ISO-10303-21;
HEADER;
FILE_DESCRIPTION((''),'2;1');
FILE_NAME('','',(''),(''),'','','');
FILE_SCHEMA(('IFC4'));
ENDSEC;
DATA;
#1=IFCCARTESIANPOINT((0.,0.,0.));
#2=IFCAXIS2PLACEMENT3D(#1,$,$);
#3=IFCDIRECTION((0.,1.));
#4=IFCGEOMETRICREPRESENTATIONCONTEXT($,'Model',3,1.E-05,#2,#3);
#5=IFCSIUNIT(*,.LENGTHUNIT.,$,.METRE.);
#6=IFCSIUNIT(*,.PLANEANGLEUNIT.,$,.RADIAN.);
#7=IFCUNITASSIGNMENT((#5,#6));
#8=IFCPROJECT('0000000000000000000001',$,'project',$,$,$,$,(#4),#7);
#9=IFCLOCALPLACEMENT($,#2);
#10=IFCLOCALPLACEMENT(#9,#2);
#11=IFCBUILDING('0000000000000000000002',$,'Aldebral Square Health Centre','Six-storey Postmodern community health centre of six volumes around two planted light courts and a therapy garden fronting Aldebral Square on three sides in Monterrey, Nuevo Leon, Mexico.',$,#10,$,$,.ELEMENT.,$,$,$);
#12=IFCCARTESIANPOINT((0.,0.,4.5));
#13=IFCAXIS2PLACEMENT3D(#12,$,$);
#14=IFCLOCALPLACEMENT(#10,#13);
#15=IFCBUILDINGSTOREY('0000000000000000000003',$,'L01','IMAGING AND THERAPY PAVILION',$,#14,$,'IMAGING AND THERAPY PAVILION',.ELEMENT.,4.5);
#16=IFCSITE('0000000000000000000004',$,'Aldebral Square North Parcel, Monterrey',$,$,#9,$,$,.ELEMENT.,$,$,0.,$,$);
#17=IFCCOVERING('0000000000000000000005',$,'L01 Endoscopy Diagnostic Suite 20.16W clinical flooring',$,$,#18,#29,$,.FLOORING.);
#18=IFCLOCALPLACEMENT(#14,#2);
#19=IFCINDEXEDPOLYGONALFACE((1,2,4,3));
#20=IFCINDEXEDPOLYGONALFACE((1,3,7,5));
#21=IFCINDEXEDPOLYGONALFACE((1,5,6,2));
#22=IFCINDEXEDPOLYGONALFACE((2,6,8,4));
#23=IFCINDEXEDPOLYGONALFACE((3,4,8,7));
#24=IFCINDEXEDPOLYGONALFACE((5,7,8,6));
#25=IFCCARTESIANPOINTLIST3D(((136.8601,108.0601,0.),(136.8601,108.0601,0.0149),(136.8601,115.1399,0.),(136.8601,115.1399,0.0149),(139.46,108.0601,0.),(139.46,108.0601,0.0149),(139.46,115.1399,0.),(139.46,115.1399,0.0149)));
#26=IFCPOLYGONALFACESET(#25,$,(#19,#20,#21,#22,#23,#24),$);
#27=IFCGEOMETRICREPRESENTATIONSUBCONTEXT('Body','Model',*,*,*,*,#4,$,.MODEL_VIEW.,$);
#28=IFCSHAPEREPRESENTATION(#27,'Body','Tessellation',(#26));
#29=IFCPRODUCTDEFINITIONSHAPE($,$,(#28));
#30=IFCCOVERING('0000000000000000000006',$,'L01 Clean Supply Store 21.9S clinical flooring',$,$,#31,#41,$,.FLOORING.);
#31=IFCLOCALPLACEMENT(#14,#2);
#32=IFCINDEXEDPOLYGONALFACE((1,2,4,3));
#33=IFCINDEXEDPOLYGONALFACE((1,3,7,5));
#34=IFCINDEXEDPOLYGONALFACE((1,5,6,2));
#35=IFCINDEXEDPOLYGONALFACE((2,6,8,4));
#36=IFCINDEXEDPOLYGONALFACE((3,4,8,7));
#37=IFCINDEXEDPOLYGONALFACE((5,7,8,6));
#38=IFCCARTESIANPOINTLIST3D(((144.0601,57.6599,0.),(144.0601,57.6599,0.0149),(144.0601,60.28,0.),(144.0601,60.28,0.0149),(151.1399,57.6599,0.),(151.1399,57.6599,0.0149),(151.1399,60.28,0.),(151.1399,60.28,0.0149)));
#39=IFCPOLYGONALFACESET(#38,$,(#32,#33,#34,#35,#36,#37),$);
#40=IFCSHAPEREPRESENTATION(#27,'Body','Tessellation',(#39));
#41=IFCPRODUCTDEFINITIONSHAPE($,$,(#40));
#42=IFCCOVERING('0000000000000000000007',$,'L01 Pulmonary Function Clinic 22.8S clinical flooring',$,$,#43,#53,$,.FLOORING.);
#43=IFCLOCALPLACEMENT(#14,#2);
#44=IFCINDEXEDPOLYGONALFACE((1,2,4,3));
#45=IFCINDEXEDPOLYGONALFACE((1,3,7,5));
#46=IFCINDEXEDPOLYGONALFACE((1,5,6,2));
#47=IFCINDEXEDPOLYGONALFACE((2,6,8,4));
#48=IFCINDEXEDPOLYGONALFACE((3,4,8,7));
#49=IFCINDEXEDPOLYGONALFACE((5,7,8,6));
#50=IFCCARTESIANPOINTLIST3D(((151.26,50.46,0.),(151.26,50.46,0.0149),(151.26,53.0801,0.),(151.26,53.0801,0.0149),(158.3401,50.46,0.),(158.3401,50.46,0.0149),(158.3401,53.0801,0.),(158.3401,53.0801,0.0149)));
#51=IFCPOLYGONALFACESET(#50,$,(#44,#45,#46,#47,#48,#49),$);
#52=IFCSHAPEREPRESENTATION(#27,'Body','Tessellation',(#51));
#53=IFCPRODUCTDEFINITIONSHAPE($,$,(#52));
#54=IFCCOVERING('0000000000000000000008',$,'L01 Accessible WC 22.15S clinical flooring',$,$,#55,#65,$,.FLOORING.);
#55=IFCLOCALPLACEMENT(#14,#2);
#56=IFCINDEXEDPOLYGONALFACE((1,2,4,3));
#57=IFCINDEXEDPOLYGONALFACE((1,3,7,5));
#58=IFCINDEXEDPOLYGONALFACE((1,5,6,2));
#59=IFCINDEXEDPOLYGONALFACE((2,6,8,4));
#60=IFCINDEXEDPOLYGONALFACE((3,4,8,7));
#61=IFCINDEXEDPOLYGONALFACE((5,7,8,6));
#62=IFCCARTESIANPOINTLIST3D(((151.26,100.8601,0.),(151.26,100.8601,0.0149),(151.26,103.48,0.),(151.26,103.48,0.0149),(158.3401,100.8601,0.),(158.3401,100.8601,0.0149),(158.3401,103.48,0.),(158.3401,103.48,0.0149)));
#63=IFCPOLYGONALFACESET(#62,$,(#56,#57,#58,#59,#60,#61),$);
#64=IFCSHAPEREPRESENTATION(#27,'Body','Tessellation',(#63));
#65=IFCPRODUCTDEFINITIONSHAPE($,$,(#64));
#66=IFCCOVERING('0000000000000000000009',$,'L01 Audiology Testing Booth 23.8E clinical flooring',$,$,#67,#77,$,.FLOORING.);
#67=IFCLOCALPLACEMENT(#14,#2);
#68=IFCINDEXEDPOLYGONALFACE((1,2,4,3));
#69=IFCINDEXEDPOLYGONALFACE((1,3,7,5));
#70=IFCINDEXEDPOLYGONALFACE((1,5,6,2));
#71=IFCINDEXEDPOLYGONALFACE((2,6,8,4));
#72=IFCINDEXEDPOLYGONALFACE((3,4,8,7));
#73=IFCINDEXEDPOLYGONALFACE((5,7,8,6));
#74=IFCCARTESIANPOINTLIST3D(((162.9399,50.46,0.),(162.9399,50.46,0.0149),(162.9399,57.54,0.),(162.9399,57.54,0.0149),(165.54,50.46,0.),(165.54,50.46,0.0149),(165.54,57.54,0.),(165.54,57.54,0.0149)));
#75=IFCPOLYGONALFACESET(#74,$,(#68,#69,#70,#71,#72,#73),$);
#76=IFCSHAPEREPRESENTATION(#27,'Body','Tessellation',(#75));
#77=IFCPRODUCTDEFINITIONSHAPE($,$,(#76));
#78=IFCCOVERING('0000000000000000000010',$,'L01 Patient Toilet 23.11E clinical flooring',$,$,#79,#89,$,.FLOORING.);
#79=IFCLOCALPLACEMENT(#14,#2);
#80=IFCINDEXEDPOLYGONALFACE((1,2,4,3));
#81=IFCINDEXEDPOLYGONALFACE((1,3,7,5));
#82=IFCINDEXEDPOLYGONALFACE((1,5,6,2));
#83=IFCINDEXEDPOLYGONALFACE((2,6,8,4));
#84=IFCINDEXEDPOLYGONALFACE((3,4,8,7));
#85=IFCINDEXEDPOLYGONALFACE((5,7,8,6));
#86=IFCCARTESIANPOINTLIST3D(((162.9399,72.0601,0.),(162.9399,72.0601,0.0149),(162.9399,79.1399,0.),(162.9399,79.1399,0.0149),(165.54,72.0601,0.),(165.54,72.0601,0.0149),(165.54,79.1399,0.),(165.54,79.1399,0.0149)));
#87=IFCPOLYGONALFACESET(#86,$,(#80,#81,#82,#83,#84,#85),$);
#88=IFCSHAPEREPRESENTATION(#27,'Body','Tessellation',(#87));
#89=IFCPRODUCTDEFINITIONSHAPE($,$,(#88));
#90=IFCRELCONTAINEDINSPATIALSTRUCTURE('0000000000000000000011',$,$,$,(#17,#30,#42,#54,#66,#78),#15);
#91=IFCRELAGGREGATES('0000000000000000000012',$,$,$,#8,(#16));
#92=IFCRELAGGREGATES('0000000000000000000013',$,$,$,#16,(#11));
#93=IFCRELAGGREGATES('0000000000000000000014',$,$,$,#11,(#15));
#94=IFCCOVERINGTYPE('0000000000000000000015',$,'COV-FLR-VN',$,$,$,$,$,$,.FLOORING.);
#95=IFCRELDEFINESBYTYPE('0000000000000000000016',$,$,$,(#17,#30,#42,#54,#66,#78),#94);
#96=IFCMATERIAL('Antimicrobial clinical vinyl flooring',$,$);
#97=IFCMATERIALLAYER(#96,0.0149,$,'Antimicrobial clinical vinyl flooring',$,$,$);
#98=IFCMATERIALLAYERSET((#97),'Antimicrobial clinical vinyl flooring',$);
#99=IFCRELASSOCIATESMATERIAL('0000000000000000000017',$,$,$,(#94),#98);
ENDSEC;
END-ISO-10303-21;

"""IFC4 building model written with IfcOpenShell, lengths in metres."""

from ifc_helpers import new_model, si_unit, direction, frame, origin, place, context, subcontext, project, spatial, polyline, outline, extrude, material, layer, layer_set, type_object, element, save


model = new_model("IFC4")

# Units and contexts
model_context = context("Model", 3, precision=1e-05, world=origin(), true_north=direction((0.0, 1.0)))
body_context = subcontext(model_context, "Body", "Model", "MODEL_VIEW")
ifc_project = project(units=[si_unit("LENGTHUNIT", "METRE"), si_unit("PLANEANGLEUNIT", "RADIAN")], contexts=[model_context])

# Site, building, storey
site_placement = place(None, origin())
site = spatial("IfcSite", under=ifc_project, at=site_placement, Name="Aldebral Square North Parcel, Monterrey", CompositionType="ELEMENT", RefElevation=0.0)
building_placement = place(site_placement, origin())
building = spatial("IfcBuilding", under=site, at=building_placement, Name="Aldebral Square Health Centre", Description="Six-storey Postmodern community health centre of six volumes around two planted light courts and a therapy garden fronting Aldebral Square on three sides in Monterrey, Nuevo Leon, Mexico.", CompositionType="ELEMENT")
storey_placement = place(building_placement, frame((0.0, 0.0, 4.5)))
storey = spatial("IfcBuildingStorey", under=building, at=storey_placement, Name="L01", Description="IMAGING AND THERAPY PAVILION", LongName="IMAGING AND THERAPY PAVILION", CompositionType="ELEMENT", Elevation=4.5)

# Coverings
ifc_material_1 = material(Name="Antimicrobial clinical vinyl flooring")
ifc_layer_1 = layer(ifc_material_1, 0.0149, Name="Antimicrobial clinical vinyl flooring")
ifc_layer_set_1 = layer_set([ifc_layer_1], Name="Antimicrobial clinical vinyl flooring")
covering_type_1 = type_object("IfcCoveringType", Name="COV-FLR-VN", PredefinedType="FLOORING", material=ifc_layer_set_1)
covering_1_placement = place(storey_placement, origin())
element("IfcCovering", 1, at=covering_1_placement, inside=storey, type_object=covering_type_1, Name="L01 Endoscopy Diagnostic Suite 20.16W clinical flooring", PredefinedType="FLOORING", context=body_context, shape_type="SweptSolid", body=[
    extrude(outline(polyline([(136.8601, 108.0601), (139.46, 108.0601), (139.46, 115.1399), (136.8601, 115.1399), (136.8601, 108.0601)])), origin(), (0.0, 0.0, 1.0), 0.0149),
])
covering_2_placement = place(storey_placement, origin())
element("IfcCovering", 2, at=covering_2_placement, inside=storey, type_object=covering_type_1, Name="L01 Clean Supply Store 21.9S clinical flooring", PredefinedType="FLOORING", context=body_context, shape_type="SweptSolid", body=[
    extrude(outline(polyline([(144.0601, 57.6599), (151.1399, 57.6599), (151.1399, 60.28), (144.0601, 60.28), (144.0601, 57.6599)])), origin(), (0.0, 0.0, 1.0), 0.0149),
])
covering_3_placement = place(storey_placement, origin())
element("IfcCovering", 3, at=covering_3_placement, inside=storey, type_object=covering_type_1, Name="L01 Pulmonary Function Clinic 22.8S clinical flooring", PredefinedType="FLOORING", context=body_context, shape_type="SweptSolid", body=[
    extrude(outline(polyline([(151.26, 50.46), (158.3401, 50.46), (158.3401, 53.0801), (151.26, 53.0801), (151.26, 50.46)])), origin(), (0.0, 0.0, 1.0), 0.0149),
])
covering_4_placement = place(storey_placement, origin())
element("IfcCovering", 4, at=covering_4_placement, inside=storey, type_object=covering_type_1, Name="L01 Accessible WC 22.15S clinical flooring", PredefinedType="FLOORING", context=body_context, shape_type="SweptSolid", body=[
    extrude(outline(polyline([(151.26, 100.8601), (158.3401, 100.8601), (158.3401, 103.48), (151.26, 103.48), (151.26, 100.8601)])), origin(), (0.0, 0.0, 1.0), 0.0149),
])
covering_5_placement = place(storey_placement, origin())
element("IfcCovering", 5, at=covering_5_placement, inside=storey, type_object=covering_type_1, Name="L01 Audiology Testing Booth 23.8E clinical flooring", PredefinedType="FLOORING", context=body_context, shape_type="SweptSolid", body=[
    extrude(outline(polyline([(162.9399, 50.46), (165.54, 50.46), (165.54, 57.54), (162.9399, 57.54), (162.9399, 50.46)])), origin(), (0.0, 0.0, 1.0), 0.0149),
])
covering_6_placement = place(storey_placement, origin())
element("IfcCovering", 6, at=covering_6_placement, inside=storey, type_object=covering_type_1, Name="L01 Patient Toilet 23.11E clinical flooring", PredefinedType="FLOORING", context=body_context, shape_type="SweptSolid", body=[
    extrude(outline(polyline([(162.9399, 72.0601), (165.54, 72.0601), (165.54, 79.1399), (162.9399, 79.1399), (162.9399, 72.0601)])), origin(), (0.0, 0.0, 1.0), 0.0149),
])

save(model, "model.ifc")
